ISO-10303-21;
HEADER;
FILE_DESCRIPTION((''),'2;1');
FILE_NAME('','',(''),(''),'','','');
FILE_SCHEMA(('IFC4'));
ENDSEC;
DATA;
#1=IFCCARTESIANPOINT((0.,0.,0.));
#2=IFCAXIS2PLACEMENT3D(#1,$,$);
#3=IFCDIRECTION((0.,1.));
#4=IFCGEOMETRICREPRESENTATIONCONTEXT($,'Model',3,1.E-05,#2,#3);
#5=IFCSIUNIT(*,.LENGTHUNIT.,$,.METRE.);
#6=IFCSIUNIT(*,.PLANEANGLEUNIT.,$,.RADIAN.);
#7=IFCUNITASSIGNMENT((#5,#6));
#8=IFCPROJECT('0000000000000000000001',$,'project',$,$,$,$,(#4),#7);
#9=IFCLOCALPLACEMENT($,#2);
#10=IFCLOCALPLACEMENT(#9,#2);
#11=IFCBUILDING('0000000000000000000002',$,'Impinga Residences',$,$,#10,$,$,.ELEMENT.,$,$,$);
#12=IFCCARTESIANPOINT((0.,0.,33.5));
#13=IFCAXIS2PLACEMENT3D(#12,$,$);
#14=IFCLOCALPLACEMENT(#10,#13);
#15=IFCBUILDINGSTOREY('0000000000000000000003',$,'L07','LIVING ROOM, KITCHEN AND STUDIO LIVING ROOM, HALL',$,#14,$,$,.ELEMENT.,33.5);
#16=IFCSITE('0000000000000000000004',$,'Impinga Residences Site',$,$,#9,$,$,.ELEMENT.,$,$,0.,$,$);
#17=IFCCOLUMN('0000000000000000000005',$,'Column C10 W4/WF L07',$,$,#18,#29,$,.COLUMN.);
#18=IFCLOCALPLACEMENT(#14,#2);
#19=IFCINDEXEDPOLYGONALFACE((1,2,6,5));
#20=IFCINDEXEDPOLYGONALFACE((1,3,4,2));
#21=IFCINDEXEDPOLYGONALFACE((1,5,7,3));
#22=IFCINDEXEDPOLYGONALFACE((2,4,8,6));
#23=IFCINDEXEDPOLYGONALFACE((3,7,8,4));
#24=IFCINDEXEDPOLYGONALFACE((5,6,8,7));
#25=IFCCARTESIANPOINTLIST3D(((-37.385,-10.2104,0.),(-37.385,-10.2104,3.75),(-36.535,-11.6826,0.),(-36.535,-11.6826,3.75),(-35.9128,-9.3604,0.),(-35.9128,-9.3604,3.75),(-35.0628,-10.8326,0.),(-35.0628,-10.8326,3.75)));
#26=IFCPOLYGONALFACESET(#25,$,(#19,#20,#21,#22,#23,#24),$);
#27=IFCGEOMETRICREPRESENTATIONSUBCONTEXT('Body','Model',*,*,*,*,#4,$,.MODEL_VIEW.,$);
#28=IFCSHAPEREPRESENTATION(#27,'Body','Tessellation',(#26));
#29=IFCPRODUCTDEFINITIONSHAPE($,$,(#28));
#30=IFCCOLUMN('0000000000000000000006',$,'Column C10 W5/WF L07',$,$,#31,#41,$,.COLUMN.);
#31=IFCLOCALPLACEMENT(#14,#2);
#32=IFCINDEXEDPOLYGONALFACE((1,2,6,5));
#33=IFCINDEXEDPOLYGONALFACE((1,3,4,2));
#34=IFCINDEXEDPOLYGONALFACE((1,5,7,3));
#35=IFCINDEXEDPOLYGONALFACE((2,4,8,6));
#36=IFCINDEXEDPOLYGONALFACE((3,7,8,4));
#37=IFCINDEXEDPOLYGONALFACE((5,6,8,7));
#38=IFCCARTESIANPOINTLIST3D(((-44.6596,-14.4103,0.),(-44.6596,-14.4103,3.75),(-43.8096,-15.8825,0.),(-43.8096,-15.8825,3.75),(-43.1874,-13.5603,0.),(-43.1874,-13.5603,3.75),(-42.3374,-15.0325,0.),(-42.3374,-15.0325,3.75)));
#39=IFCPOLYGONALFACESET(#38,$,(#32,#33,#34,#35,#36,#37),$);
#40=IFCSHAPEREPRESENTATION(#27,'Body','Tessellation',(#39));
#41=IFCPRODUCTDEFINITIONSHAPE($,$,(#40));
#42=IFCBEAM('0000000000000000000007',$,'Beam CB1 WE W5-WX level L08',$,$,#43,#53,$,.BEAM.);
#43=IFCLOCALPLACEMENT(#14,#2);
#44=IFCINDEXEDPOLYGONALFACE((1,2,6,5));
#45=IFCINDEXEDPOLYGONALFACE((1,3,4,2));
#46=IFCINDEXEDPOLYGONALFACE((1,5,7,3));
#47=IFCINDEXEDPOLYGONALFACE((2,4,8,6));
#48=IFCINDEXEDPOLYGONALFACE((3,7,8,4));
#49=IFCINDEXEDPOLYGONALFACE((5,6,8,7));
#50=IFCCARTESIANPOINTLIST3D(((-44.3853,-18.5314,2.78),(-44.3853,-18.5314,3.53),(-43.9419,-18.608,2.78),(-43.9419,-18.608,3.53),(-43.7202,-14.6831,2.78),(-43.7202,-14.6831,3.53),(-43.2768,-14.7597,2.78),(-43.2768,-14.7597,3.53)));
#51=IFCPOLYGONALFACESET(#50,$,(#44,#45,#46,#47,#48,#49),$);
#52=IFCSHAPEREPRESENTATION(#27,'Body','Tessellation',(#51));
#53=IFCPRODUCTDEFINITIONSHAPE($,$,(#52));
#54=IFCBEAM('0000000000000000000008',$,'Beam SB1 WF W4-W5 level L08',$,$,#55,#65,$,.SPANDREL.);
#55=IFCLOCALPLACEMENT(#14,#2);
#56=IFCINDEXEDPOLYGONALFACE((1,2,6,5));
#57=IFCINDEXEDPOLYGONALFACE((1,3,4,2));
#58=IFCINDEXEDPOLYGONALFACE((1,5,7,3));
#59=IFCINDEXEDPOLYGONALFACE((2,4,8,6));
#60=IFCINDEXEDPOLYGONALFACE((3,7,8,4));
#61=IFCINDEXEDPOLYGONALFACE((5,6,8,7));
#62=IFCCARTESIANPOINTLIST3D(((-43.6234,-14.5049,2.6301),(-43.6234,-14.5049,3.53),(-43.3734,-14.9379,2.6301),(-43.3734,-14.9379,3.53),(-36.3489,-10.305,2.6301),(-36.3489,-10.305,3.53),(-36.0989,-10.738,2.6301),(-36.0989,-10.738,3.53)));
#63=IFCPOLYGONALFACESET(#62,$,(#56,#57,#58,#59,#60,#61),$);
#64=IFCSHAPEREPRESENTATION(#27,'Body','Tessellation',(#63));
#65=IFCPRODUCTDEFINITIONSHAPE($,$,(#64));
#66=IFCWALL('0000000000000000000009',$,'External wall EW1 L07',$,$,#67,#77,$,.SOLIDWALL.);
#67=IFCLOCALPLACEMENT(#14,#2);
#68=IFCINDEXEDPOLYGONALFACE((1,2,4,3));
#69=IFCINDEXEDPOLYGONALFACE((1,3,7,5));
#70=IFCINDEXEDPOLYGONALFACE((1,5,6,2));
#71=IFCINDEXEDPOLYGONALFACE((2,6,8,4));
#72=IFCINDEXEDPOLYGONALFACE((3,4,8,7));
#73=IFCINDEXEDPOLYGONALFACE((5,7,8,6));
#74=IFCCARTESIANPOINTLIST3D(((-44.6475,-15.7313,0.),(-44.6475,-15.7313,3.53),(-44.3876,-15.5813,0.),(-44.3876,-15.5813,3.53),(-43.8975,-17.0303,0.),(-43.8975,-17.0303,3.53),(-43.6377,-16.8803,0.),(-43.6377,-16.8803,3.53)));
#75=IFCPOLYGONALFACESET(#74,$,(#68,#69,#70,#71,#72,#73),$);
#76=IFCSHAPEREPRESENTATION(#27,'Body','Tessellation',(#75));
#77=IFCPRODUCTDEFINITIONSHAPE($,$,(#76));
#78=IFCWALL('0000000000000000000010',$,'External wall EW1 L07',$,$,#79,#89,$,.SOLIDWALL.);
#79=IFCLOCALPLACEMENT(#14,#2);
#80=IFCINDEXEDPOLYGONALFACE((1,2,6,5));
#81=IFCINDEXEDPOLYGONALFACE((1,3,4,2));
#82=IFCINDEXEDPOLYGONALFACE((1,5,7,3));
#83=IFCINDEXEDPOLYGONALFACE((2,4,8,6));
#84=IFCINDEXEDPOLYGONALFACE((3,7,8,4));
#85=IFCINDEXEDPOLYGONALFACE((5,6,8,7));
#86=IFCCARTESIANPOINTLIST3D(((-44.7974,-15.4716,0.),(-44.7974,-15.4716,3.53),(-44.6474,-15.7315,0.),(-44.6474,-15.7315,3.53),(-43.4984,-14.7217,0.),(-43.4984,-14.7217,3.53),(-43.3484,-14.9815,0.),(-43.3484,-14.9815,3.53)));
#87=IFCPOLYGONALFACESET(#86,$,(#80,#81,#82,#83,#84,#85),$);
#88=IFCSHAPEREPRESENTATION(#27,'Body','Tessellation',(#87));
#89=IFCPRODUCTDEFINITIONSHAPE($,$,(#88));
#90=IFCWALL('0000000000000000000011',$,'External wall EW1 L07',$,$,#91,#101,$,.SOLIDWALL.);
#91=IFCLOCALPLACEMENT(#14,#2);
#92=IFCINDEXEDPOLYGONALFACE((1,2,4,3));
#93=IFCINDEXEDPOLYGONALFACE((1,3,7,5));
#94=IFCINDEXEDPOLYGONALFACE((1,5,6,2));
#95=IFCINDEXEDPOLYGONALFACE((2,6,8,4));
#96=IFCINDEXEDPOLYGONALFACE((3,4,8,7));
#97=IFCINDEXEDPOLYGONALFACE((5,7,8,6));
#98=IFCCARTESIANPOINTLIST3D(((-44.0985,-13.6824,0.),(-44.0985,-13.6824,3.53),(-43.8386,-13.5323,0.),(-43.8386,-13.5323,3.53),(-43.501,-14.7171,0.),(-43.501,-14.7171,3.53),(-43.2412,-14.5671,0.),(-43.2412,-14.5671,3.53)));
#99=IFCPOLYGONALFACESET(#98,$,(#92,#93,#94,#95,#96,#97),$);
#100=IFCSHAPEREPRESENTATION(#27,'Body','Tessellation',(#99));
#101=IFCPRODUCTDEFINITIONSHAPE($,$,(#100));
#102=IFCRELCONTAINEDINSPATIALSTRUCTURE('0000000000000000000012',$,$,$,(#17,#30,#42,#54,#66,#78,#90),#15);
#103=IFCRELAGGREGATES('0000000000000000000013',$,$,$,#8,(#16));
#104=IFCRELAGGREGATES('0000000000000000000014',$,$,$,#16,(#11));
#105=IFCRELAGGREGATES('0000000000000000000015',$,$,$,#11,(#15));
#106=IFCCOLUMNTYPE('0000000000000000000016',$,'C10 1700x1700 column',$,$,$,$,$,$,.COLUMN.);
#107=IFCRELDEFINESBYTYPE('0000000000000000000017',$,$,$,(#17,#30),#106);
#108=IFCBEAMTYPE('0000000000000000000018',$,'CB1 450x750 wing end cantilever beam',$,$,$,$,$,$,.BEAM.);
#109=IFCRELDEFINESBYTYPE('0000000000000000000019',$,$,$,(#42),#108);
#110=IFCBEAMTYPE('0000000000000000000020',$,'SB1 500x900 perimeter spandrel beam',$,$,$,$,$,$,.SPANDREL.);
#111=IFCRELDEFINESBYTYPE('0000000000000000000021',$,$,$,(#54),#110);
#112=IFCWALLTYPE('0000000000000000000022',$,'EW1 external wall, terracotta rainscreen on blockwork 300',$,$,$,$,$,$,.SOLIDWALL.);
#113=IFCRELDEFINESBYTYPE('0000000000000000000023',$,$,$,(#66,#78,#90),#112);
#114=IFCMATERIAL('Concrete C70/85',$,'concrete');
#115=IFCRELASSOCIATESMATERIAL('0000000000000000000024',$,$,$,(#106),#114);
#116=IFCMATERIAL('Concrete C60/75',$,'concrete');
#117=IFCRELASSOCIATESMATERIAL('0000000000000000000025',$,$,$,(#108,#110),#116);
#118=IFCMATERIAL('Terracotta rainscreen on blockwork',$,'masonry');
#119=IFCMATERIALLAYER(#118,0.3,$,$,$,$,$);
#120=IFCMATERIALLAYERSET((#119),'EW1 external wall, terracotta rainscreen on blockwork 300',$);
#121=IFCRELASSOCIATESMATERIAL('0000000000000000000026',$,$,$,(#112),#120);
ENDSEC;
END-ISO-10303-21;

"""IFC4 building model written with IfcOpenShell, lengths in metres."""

from ifc_helpers import new_model, si_unit, direction, frame, frame_2d, origin, origin_2d, place, context, subcontext, project, spatial, rectangle, extrude, material, layer, layer_set, material_profile, profile_set, type_object, element, save


model = new_model("IFC4")

# Units and contexts
model_context = context("Model", 3, precision=1e-05, world=origin(), true_north=direction((0.0, 1.0)))
body_context = subcontext(model_context, "Body", "Model", "MODEL_VIEW")
ifc_project = project(units=[si_unit("LENGTHUNIT", "METRE"), si_unit("PLANEANGLEUNIT", "RADIAN")], contexts=[model_context])

# Site, building, storey
site_placement = place(None, origin())
site = spatial("IfcSite", under=ifc_project, at=site_placement, Name="Impinga Residences Site", CompositionType="ELEMENT", RefElevation=0.0)
building_placement = place(site_placement, origin())
building = spatial("IfcBuilding", under=site, at=building_placement, Name="Impinga Residences", CompositionType="ELEMENT")
storey_placement = place(building_placement, frame((0.0, 0.0, 33.5)))
storey = spatial("IfcBuildingStorey", under=building, at=storey_placement, Name="L07", Description="LIVING ROOM, KITCHEN AND STUDIO LIVING ROOM, HALL", CompositionType="ELEMENT", Elevation=33.5)

# Columns
ifc_material_1 = material(Name="Concrete C70/85", Category="concrete")
ifc_material_profile_1 = material_profile(ifc_material_1, rectangle(XDim=1.7, YDim=1.7, at=origin_2d()), Name="RC 1700x1700")
ifc_profile_set_1 = profile_set([ifc_material_profile_1], Name="Concrete C70/85")
column_type = type_object("IfcColumnType", Name="C10 1700x1700 column", PredefinedType="COLUMN", material=ifc_profile_set_1)
for number, where, z_axis, x_axis, name in (
    (1, (-36.2239, -10.5215, 0.0), (0.0, 0.0, 1.0), (-0.5, 0.866025, 0.0), "Column C10 W4/WF L07"),
    (2, (-43.4985, -14.7214, 0.0), (0.0, 0.0, 1.0), (-0.5, 0.866025, 0.0), "Column C10 W5/WF L07"),
):
    element("IfcColumn", number, at=place(storey_placement, frame(where, z_axis=z_axis, x_axis=x_axis)), inside=storey, type_object=column_type, Name=name, PredefinedType="COLUMN", context=body_context, shape_type="SweptSolid", body=[
        extrude(rectangle(XDim=1.7, YDim=1.7, at=origin_2d()), origin(), (0.0, 0.0, 1.0), 3.75),
    ])

# Beams
ifc_material_2 = material(Name="Concrete C60/75", Category="concrete")
ifc_material_profile_2 = material_profile(ifc_material_2, rectangle(XDim=0.45, YDim=0.75, at=origin_2d()), Name="RC 450x750")
ifc_profile_set_2 = profile_set([ifc_material_profile_2], Name="Concrete C60/75")
beam_type_1 = type_object("IfcBeamType", Name="CB1 450x750 wing end cantilever beam", PredefinedType="BEAM", material=ifc_profile_set_2)
beam_1_placement = place(storey_placement, frame((-43.4985, -14.7214, 3.155), z_axis=(-0.170296, -0.985393, 0.0), x_axis=(0.985393, -0.170296, 0.0)))
element("IfcBeam", 3, at=beam_1_placement, inside=storey, type_object=beam_type_1, Name="Beam CB1 WE W5-WX level L08", PredefinedType="BEAM", context=body_context, shape_type="SweptSolid", body=[
    extrude(rectangle(XDim=0.45, YDim=0.75, at=origin_2d()), origin(), (0.0, 0.0, 1.0), 3.9053),
])
ifc_material_profile_3 = material_profile(ifc_material_2, rectangle(XDim=0.5, YDim=0.8999, at=origin_2d()), Name="RC 500x900")
ifc_profile_set_3 = profile_set([ifc_material_profile_3], Name="Concrete C60/75")
beam_type_2 = type_object("IfcBeamType", Name="SB1 500x900 perimeter spandrel beam", PredefinedType="SPANDREL", material=ifc_profile_set_3)
beam_2_placement = place(storey_placement, frame((-36.2239, -10.5215, 3.0801), z_axis=(-0.866029, -0.499993, 0.0), x_axis=(0.499993, -0.866029, 0.0)))
element("IfcBeam", 4, at=beam_2_placement, inside=storey, type_object=beam_type_2, Name="Beam SB1 WF W4-W5 level L08", PredefinedType="SPANDREL", context=body_context, shape_type="SweptSolid", body=[
    extrude(rectangle(XDim=0.5, YDim=0.8999, at=origin_2d()), origin(), (0.0, 0.0, 1.0), 8.3999),
])

# Walls
ifc_material_3 = material(Name="Terracotta rainscreen on blockwork", Category="masonry")
ifc_layer_1 = layer(ifc_material_3, 0.3)
ifc_layer_set_1 = layer_set([ifc_layer_1], Name="EW1 external wall, terracotta rainscreen on blockwork 300")
wall_type_1 = type_object("IfcWallType", Name="EW1 external wall, terracotta rainscreen on blockwork 300", PredefinedType="SOLIDWALL", material=ifc_layer_set_1)
for number, where, z_axis, x_axis, name in (
    (5, (-43.7676, -16.9553, 0.0), (0.0, 0.0, 1.0), (-0.49999, 0.866031, 0.0), "External wall EW1 L07"),
    (6, (-44.7224, -15.6016, 0.0), (0.0, 0.0, 1.0), (0.866031, 0.49999, 0.0), "External wall EW1 L07"),
):
    element("IfcWall", number, at=place(storey_placement, frame(where, z_axis=z_axis, x_axis=x_axis)), inside=storey, type_object=wall_type_1, Name=name, PredefinedType="SOLIDWALL", context=body_context, shape_type="SweptSolid", body=[
        extrude(rectangle(XDim=1.5, YDim=0.3, at=frame_2d((0.75, 0.0))), origin(), (0.0, 0.0, 1.0), 3.53),
    ])
wall_1_placement = place(storey_placement, frame((-43.3711, -14.6421, 0.0), z_axis=(0.0, 0.0, 1.0), x_axis=(-0.500029, 0.866009, 0.0)))
element("IfcWall", 7, at=wall_1_placement, inside=storey, type_object=wall_type_1, Name="External wall EW1 L07", PredefinedType="SOLIDWALL", context=body_context, shape_type="SweptSolid", body=[
    extrude(rectangle(XDim=1.1948, YDim=0.3, at=frame_2d((0.5974, 0.0))), origin(), (0.0, 0.0, 1.0), 3.53),
])

save(model, "model.ifc")
